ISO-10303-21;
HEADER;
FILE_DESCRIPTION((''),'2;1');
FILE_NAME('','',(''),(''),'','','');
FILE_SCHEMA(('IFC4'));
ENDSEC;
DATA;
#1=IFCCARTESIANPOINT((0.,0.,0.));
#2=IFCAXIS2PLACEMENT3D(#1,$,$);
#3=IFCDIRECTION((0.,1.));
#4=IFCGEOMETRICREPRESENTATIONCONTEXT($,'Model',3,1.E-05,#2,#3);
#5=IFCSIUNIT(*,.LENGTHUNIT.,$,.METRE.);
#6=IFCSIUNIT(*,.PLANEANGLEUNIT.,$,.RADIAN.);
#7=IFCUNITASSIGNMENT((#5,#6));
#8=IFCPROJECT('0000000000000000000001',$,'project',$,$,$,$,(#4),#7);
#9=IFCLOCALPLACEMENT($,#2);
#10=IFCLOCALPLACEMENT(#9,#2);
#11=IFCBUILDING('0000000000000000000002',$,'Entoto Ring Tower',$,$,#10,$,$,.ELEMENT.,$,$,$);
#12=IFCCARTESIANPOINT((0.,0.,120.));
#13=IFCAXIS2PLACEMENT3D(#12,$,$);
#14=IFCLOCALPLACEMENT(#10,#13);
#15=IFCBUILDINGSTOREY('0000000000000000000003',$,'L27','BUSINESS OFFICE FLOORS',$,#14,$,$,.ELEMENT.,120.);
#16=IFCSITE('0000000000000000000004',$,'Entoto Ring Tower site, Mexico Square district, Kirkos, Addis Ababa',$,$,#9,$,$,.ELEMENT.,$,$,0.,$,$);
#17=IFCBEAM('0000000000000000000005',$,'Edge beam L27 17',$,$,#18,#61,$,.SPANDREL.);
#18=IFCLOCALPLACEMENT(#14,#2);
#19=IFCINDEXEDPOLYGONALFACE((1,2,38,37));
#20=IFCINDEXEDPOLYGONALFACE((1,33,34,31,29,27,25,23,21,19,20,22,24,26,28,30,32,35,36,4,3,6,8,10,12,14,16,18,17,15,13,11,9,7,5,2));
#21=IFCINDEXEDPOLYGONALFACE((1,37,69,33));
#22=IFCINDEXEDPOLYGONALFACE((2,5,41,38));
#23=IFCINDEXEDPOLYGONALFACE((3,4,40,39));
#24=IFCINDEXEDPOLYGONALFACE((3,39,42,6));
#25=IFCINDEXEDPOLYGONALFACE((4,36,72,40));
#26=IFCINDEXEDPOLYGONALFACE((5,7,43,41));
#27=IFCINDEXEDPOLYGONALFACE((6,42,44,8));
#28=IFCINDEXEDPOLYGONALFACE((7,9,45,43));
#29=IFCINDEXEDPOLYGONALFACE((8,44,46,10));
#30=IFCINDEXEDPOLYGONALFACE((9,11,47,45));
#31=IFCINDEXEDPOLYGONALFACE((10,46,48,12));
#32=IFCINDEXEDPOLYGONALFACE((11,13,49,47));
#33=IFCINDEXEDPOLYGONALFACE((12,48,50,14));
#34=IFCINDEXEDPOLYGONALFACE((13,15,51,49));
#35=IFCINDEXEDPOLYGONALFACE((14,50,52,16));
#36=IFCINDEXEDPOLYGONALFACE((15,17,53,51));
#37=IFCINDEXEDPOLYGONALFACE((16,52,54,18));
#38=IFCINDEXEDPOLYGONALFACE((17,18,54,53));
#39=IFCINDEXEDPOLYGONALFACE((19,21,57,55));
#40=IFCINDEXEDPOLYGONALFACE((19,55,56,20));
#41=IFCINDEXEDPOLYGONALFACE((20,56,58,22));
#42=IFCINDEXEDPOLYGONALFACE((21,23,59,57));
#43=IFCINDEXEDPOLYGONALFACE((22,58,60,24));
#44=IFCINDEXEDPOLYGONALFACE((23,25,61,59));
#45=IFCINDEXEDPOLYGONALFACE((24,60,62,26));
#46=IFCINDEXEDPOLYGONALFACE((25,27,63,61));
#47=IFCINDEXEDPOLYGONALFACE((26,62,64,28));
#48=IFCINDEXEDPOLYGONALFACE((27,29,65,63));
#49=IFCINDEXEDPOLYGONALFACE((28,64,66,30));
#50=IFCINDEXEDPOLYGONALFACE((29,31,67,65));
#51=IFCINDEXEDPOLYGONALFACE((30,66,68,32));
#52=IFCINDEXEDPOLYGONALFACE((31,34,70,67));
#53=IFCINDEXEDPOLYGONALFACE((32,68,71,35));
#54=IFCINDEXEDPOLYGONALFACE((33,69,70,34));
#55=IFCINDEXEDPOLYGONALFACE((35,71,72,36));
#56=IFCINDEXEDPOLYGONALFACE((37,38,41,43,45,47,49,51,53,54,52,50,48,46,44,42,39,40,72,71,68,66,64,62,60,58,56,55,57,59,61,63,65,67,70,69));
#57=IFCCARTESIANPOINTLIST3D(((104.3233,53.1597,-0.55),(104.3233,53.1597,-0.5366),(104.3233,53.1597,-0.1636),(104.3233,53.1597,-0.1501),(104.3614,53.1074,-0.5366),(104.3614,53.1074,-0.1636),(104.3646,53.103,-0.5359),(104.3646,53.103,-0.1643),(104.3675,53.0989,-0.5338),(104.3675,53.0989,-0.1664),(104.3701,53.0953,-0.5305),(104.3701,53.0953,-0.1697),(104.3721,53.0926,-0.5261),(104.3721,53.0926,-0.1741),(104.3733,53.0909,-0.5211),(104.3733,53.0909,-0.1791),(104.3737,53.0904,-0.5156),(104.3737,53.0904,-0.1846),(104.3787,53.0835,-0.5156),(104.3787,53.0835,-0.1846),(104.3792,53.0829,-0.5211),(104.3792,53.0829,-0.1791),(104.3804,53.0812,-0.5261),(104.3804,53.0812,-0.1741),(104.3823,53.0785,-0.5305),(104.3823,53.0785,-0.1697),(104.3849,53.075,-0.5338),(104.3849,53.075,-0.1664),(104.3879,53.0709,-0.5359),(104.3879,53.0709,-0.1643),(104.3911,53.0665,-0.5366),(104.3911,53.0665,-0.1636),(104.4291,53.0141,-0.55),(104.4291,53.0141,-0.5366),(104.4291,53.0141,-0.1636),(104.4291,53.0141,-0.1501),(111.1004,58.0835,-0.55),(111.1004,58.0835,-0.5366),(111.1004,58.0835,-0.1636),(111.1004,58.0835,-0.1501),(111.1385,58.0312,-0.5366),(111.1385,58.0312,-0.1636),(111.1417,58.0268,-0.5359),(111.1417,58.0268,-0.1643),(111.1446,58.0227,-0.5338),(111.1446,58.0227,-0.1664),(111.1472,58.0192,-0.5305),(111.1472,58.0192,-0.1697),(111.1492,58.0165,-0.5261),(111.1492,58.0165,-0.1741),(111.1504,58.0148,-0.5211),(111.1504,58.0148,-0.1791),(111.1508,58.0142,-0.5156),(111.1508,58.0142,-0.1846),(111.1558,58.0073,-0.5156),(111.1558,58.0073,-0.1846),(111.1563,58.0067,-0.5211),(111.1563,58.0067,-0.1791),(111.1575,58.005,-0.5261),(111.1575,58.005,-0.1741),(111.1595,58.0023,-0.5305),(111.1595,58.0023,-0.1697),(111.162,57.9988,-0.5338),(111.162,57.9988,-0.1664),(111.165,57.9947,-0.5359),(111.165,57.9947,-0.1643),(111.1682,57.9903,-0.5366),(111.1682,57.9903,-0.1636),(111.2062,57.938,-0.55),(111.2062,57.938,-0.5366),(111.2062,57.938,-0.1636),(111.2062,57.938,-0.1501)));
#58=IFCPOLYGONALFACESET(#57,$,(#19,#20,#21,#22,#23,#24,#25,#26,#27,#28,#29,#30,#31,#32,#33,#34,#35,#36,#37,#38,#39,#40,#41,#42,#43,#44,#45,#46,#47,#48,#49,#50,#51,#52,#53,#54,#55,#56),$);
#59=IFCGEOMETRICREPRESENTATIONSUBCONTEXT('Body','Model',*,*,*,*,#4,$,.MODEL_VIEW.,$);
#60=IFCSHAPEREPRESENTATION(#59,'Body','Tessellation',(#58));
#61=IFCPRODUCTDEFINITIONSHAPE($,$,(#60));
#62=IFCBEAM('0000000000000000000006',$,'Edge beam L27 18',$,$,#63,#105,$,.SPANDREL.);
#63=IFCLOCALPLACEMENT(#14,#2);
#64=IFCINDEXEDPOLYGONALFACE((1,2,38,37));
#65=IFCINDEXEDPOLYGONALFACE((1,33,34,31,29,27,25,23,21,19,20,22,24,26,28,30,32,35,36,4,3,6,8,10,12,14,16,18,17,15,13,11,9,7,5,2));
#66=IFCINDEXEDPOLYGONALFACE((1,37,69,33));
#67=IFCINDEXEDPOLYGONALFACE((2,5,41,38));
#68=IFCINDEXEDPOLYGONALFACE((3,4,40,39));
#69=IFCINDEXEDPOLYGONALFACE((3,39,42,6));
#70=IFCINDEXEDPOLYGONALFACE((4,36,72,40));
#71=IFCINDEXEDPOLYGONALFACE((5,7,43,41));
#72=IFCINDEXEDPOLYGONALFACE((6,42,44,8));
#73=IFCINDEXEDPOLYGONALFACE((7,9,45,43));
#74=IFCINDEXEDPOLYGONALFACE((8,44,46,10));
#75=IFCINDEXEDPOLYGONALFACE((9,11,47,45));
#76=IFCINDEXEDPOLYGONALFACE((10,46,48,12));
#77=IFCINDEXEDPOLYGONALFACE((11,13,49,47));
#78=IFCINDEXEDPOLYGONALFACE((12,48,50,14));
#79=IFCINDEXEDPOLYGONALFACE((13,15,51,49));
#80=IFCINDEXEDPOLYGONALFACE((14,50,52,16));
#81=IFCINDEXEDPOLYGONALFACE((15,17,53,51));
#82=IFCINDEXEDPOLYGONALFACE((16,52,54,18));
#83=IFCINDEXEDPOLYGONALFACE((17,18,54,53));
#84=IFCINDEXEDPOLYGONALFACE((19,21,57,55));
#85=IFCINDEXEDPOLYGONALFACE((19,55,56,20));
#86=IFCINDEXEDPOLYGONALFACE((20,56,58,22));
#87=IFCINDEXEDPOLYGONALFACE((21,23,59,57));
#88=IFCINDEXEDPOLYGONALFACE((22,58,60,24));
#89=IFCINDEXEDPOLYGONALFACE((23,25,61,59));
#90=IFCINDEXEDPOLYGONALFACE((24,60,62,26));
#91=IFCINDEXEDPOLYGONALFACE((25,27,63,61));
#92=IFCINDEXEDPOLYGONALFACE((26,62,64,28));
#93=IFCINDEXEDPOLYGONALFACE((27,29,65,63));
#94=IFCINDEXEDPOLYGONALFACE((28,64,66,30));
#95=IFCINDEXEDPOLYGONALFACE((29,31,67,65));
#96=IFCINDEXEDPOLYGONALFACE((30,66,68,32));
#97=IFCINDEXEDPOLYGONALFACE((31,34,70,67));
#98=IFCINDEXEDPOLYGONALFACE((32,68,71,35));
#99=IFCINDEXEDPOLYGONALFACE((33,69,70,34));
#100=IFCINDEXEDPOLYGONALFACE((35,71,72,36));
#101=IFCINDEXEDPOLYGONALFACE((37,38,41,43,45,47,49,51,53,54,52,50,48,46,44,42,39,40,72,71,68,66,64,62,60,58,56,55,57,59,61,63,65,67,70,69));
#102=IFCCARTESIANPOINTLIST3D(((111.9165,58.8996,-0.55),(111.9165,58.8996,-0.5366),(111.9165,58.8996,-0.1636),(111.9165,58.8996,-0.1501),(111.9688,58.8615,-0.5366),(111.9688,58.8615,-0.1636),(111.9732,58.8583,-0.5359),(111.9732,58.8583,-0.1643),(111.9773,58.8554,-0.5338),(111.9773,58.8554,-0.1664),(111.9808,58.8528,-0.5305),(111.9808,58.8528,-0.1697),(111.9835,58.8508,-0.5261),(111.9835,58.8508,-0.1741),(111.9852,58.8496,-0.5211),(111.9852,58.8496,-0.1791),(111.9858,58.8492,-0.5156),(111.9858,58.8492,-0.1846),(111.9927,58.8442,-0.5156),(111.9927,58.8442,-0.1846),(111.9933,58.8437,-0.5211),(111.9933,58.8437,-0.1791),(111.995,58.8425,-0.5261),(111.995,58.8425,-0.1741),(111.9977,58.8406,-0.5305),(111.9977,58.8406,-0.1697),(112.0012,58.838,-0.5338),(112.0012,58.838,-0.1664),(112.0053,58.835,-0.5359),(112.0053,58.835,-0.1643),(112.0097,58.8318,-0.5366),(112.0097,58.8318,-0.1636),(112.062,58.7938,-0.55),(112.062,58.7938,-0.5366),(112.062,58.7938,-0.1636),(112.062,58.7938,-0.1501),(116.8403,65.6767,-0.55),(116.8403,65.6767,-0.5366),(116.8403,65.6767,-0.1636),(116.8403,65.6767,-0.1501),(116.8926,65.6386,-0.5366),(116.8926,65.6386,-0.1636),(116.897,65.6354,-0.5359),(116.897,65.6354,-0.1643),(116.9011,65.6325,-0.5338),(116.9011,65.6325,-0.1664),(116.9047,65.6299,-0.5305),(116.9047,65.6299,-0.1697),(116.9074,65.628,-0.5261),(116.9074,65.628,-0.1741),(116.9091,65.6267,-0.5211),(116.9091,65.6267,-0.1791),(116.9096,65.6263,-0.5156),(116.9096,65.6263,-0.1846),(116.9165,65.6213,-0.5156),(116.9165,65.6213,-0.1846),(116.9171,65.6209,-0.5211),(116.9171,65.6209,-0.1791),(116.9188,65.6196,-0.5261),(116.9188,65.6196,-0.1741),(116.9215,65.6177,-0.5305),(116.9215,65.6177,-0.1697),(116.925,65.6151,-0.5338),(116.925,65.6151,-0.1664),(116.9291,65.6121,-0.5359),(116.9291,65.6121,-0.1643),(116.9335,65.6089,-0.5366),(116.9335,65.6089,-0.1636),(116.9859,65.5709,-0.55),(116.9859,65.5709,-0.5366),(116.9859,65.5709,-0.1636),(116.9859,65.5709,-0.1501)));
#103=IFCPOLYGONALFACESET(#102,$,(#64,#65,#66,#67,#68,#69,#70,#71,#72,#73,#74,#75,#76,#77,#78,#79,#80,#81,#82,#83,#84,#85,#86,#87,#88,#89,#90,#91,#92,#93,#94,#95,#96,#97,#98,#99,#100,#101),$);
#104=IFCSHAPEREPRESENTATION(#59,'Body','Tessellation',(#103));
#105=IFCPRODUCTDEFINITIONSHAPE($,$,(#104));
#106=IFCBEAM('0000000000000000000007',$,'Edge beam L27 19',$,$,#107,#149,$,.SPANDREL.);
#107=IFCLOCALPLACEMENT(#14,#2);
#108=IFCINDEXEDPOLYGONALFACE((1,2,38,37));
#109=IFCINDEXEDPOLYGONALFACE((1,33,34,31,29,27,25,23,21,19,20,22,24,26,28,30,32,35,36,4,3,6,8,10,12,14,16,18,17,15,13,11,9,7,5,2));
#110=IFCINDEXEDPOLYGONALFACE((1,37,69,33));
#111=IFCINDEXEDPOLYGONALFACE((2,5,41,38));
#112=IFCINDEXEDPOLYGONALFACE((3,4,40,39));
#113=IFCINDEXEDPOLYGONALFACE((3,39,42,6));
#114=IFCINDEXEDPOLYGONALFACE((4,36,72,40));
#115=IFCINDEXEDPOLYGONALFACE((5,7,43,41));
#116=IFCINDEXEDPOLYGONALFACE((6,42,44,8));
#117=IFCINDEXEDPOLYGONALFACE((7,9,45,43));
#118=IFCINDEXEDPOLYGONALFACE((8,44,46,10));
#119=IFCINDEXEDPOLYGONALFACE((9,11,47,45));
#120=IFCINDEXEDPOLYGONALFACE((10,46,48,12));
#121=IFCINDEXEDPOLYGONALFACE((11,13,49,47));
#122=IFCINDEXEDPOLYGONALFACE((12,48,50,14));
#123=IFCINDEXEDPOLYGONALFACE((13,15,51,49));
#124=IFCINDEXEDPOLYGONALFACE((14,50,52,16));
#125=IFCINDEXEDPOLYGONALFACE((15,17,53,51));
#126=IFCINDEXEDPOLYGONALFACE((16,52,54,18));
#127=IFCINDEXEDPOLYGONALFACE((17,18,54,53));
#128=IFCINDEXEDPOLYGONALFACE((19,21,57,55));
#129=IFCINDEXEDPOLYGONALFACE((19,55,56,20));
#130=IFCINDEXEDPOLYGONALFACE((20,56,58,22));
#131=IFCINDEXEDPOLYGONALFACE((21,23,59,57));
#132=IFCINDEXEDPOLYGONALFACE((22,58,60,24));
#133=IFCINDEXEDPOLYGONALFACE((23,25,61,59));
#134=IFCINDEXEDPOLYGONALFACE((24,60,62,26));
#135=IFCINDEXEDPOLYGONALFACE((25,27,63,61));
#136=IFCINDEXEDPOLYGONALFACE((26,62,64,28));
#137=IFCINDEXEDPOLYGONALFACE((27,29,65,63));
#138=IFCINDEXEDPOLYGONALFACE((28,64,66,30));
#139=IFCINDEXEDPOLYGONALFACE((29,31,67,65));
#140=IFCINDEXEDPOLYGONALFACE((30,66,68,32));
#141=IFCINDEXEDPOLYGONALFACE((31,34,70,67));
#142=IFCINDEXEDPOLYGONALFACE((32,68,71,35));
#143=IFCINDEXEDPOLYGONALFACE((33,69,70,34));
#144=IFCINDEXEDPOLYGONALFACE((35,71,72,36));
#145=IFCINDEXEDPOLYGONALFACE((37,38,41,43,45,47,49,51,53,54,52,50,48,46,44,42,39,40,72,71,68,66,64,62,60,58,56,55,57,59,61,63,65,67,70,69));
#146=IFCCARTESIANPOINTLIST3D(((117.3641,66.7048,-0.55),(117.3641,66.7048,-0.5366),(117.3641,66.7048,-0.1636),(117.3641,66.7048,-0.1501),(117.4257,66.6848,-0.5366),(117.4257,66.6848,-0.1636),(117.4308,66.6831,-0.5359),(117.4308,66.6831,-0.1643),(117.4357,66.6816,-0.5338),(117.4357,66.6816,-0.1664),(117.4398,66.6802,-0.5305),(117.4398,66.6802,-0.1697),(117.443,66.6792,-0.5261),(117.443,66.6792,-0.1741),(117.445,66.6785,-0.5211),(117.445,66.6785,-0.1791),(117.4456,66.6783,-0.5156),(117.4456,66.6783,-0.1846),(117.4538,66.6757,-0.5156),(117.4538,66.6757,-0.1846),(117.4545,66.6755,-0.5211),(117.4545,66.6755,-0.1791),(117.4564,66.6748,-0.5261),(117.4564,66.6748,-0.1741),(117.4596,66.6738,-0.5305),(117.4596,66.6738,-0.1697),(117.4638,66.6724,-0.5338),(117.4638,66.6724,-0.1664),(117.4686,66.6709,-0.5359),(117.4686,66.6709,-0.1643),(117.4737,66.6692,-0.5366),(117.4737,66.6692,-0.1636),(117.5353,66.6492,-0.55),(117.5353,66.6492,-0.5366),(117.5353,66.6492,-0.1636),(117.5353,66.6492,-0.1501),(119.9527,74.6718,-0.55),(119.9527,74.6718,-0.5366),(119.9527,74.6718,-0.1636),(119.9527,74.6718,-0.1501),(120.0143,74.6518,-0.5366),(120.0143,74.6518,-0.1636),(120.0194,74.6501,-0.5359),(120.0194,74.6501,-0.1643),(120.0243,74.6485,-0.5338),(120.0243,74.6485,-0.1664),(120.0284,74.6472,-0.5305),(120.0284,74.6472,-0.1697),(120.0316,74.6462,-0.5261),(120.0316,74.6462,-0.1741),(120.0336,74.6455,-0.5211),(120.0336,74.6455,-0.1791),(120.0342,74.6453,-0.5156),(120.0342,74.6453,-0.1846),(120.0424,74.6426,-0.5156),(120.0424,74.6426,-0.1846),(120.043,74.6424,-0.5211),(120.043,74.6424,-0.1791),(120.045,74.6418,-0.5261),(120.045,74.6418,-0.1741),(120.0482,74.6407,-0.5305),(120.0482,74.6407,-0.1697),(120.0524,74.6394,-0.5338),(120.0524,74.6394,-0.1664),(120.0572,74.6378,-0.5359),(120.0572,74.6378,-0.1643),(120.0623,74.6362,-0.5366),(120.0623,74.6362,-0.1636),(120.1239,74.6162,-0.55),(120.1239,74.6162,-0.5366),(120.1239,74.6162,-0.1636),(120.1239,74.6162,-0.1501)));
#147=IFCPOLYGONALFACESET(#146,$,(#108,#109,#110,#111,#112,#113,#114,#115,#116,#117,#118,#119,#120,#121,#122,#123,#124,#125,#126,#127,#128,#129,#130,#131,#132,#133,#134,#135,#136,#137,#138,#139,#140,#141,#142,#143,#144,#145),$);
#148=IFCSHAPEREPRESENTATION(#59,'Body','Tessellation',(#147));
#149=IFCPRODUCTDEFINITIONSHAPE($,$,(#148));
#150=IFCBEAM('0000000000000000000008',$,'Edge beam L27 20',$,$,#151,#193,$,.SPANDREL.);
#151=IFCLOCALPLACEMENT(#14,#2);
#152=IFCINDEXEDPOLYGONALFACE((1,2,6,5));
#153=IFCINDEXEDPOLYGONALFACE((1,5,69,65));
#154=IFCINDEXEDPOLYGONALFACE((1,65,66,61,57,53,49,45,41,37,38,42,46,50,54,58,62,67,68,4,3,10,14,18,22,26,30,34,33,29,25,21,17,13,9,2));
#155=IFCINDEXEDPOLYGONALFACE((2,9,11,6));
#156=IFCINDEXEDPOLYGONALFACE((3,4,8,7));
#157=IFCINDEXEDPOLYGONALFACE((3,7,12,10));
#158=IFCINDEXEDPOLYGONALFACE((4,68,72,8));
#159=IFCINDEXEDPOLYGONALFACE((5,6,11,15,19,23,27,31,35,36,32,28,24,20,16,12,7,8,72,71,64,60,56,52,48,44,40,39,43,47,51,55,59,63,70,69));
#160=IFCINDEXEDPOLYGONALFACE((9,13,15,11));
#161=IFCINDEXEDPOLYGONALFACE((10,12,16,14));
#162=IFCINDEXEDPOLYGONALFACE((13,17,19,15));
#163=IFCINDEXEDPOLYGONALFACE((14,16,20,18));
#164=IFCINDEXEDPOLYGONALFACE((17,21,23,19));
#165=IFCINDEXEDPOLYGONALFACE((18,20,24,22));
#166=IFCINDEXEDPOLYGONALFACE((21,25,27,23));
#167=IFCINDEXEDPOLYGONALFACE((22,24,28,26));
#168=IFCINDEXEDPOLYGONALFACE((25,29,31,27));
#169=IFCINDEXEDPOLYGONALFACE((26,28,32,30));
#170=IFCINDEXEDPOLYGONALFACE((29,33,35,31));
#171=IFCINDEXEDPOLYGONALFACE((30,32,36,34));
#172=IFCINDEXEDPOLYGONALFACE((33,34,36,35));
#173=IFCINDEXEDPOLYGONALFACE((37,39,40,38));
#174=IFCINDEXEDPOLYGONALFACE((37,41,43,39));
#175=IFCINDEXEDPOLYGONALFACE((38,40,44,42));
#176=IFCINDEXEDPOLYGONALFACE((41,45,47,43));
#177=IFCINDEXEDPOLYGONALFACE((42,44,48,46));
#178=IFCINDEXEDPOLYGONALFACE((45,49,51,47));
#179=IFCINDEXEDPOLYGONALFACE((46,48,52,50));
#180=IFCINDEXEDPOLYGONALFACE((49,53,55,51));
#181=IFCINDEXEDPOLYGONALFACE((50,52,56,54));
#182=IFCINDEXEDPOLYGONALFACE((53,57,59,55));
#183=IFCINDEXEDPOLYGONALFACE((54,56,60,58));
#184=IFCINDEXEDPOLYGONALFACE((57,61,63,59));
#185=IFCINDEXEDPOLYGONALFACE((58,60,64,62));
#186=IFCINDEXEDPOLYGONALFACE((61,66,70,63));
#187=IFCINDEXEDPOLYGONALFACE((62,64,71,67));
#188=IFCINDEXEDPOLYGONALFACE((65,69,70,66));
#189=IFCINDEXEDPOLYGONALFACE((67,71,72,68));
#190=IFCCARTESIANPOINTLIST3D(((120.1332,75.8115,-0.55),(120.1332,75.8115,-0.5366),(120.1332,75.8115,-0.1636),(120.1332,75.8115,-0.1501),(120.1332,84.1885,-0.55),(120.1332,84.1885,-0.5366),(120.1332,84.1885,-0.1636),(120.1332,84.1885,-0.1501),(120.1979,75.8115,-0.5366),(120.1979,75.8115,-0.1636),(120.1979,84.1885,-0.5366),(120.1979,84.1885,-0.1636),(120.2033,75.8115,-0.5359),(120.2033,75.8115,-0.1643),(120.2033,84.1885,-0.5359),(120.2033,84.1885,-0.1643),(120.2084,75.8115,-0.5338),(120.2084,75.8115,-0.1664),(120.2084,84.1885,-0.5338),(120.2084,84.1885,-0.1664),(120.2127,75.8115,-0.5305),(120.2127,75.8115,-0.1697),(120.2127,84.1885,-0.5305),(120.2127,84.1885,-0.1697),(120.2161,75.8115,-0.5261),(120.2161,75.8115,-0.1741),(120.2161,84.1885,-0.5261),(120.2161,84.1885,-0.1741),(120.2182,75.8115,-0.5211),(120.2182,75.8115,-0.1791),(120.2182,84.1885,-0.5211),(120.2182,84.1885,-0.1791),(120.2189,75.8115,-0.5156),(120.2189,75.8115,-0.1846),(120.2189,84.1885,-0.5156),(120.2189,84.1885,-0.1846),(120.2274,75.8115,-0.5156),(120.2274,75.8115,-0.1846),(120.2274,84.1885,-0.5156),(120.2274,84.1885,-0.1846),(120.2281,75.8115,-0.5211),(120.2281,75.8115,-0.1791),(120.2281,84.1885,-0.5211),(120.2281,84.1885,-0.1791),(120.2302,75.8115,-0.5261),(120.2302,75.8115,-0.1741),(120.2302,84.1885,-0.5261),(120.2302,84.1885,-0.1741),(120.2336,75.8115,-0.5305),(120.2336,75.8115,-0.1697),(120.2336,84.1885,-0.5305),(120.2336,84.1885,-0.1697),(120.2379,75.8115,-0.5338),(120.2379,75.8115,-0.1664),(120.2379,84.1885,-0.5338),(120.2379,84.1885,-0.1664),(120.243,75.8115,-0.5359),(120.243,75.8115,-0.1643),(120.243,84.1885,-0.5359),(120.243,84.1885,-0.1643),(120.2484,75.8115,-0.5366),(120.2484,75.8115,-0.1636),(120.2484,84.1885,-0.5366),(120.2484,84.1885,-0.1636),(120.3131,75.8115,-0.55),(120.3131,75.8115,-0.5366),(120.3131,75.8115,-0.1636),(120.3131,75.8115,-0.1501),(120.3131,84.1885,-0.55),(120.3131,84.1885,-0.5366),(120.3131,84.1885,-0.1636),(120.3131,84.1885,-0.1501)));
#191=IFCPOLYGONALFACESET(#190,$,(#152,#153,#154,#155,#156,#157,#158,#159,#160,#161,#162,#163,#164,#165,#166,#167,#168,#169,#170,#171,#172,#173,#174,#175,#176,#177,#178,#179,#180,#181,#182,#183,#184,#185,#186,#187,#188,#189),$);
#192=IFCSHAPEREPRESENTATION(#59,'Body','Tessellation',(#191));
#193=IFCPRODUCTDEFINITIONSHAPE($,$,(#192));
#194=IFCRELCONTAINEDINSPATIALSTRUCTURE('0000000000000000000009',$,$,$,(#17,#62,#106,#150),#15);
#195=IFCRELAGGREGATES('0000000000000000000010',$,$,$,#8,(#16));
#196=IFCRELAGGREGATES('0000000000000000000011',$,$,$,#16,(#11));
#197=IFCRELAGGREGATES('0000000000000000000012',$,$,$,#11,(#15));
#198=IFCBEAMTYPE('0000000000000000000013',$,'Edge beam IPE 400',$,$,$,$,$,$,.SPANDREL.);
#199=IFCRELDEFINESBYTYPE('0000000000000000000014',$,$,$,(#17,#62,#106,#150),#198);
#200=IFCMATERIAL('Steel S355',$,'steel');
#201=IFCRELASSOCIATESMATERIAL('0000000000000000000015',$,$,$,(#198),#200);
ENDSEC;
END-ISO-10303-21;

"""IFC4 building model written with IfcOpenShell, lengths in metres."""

from ifc_helpers import new_model, si_unit, direction, frame, origin, origin_2d, place, context, subcontext, project, spatial, i_section, extrude, material, material_profile, profile_set, type_object, element, save


model = new_model("IFC4")

# Units and contexts
model_context = context("Model", 3, precision=1e-05, world=origin(), true_north=direction((0.0, 1.0)))
body_context = subcontext(model_context, "Body", "Model", "MODEL_VIEW")
ifc_project = project(units=[si_unit("LENGTHUNIT", "METRE"), si_unit("PLANEANGLEUNIT", "RADIAN")], contexts=[model_context])

# Site, building, storey
site_placement = place(None, origin())
site = spatial("IfcSite", under=ifc_project, at=site_placement, Name="Entoto Ring Tower site, Mexico Square district, Kirkos, Addis Ababa", CompositionType="ELEMENT", RefElevation=0.0)
building_placement = place(site_placement, origin())
building = spatial("IfcBuilding", under=site, at=building_placement, Name="Entoto Ring Tower", CompositionType="ELEMENT")
storey_placement = place(building_placement, frame((0.0, 0.0, 120.0)))
storey = spatial("IfcBuildingStorey", under=building, at=storey_placement, Name="L27", Description="BUSINESS OFFICE FLOORS", CompositionType="ELEMENT", Elevation=120.0)

# Beams
ifc_material_1 = material(Name="Steel S355", Category="steel")
ifc_material_profile_1 = material_profile(ifc_material_1, i_section(OverallWidth=0.1799, OverallDepth=0.3999, WebThickness=0.0085, FlangeThickness=0.0134, FilletRadius=0.021, at=origin_2d()), Name="IPE 400")
ifc_profile_set_1 = profile_set([ifc_material_profile_1], Name="Steel S355")
beam_type_1 = type_object("IfcBeamType", Name="Edge beam IPE 400", PredefinedType="SPANDREL", material=ifc_profile_set_1)
for number, where, z_axis, x_axis, name in (
    (1, (104.3762, 53.0869, -0.3501), (0.809018, 0.587783, 0.0), (-0.587783, 0.809018, 0.0), "Edge beam L27 17"),
    (2, (111.9893, 58.8467, -0.3501), (0.587783, 0.809018, 0.0), (-0.809018, 0.587783, 0.0), "Edge beam L27 18"),
    (3, (117.4497, 66.677, -0.3501), (0.309014, 0.951057, 0.0), (-0.951057, 0.309014, 0.0), "Edge beam L27 19"),
    (4, (120.2231, 75.8115, -0.3501), (0.0, 1.0, 0.0), (-1.0, 0.0, 0.0), "Edge beam L27 20"),
):
    element("IfcBeam", number, at=place(storey_placement, frame(where, z_axis=z_axis, x_axis=x_axis)), inside=storey, type_object=beam_type_1, Name=name, PredefinedType="SPANDREL", context=body_context, shape_type="SweptSolid", body=[
        extrude(i_section(OverallWidth=0.1799, OverallDepth=0.3999, WebThickness=0.0085, FlangeThickness=0.0134, FilletRadius=0.021, at=origin_2d()), origin(), (0.0, 0.0, 1.0), 8.377),
    ])

save(model, "model.ifc")
